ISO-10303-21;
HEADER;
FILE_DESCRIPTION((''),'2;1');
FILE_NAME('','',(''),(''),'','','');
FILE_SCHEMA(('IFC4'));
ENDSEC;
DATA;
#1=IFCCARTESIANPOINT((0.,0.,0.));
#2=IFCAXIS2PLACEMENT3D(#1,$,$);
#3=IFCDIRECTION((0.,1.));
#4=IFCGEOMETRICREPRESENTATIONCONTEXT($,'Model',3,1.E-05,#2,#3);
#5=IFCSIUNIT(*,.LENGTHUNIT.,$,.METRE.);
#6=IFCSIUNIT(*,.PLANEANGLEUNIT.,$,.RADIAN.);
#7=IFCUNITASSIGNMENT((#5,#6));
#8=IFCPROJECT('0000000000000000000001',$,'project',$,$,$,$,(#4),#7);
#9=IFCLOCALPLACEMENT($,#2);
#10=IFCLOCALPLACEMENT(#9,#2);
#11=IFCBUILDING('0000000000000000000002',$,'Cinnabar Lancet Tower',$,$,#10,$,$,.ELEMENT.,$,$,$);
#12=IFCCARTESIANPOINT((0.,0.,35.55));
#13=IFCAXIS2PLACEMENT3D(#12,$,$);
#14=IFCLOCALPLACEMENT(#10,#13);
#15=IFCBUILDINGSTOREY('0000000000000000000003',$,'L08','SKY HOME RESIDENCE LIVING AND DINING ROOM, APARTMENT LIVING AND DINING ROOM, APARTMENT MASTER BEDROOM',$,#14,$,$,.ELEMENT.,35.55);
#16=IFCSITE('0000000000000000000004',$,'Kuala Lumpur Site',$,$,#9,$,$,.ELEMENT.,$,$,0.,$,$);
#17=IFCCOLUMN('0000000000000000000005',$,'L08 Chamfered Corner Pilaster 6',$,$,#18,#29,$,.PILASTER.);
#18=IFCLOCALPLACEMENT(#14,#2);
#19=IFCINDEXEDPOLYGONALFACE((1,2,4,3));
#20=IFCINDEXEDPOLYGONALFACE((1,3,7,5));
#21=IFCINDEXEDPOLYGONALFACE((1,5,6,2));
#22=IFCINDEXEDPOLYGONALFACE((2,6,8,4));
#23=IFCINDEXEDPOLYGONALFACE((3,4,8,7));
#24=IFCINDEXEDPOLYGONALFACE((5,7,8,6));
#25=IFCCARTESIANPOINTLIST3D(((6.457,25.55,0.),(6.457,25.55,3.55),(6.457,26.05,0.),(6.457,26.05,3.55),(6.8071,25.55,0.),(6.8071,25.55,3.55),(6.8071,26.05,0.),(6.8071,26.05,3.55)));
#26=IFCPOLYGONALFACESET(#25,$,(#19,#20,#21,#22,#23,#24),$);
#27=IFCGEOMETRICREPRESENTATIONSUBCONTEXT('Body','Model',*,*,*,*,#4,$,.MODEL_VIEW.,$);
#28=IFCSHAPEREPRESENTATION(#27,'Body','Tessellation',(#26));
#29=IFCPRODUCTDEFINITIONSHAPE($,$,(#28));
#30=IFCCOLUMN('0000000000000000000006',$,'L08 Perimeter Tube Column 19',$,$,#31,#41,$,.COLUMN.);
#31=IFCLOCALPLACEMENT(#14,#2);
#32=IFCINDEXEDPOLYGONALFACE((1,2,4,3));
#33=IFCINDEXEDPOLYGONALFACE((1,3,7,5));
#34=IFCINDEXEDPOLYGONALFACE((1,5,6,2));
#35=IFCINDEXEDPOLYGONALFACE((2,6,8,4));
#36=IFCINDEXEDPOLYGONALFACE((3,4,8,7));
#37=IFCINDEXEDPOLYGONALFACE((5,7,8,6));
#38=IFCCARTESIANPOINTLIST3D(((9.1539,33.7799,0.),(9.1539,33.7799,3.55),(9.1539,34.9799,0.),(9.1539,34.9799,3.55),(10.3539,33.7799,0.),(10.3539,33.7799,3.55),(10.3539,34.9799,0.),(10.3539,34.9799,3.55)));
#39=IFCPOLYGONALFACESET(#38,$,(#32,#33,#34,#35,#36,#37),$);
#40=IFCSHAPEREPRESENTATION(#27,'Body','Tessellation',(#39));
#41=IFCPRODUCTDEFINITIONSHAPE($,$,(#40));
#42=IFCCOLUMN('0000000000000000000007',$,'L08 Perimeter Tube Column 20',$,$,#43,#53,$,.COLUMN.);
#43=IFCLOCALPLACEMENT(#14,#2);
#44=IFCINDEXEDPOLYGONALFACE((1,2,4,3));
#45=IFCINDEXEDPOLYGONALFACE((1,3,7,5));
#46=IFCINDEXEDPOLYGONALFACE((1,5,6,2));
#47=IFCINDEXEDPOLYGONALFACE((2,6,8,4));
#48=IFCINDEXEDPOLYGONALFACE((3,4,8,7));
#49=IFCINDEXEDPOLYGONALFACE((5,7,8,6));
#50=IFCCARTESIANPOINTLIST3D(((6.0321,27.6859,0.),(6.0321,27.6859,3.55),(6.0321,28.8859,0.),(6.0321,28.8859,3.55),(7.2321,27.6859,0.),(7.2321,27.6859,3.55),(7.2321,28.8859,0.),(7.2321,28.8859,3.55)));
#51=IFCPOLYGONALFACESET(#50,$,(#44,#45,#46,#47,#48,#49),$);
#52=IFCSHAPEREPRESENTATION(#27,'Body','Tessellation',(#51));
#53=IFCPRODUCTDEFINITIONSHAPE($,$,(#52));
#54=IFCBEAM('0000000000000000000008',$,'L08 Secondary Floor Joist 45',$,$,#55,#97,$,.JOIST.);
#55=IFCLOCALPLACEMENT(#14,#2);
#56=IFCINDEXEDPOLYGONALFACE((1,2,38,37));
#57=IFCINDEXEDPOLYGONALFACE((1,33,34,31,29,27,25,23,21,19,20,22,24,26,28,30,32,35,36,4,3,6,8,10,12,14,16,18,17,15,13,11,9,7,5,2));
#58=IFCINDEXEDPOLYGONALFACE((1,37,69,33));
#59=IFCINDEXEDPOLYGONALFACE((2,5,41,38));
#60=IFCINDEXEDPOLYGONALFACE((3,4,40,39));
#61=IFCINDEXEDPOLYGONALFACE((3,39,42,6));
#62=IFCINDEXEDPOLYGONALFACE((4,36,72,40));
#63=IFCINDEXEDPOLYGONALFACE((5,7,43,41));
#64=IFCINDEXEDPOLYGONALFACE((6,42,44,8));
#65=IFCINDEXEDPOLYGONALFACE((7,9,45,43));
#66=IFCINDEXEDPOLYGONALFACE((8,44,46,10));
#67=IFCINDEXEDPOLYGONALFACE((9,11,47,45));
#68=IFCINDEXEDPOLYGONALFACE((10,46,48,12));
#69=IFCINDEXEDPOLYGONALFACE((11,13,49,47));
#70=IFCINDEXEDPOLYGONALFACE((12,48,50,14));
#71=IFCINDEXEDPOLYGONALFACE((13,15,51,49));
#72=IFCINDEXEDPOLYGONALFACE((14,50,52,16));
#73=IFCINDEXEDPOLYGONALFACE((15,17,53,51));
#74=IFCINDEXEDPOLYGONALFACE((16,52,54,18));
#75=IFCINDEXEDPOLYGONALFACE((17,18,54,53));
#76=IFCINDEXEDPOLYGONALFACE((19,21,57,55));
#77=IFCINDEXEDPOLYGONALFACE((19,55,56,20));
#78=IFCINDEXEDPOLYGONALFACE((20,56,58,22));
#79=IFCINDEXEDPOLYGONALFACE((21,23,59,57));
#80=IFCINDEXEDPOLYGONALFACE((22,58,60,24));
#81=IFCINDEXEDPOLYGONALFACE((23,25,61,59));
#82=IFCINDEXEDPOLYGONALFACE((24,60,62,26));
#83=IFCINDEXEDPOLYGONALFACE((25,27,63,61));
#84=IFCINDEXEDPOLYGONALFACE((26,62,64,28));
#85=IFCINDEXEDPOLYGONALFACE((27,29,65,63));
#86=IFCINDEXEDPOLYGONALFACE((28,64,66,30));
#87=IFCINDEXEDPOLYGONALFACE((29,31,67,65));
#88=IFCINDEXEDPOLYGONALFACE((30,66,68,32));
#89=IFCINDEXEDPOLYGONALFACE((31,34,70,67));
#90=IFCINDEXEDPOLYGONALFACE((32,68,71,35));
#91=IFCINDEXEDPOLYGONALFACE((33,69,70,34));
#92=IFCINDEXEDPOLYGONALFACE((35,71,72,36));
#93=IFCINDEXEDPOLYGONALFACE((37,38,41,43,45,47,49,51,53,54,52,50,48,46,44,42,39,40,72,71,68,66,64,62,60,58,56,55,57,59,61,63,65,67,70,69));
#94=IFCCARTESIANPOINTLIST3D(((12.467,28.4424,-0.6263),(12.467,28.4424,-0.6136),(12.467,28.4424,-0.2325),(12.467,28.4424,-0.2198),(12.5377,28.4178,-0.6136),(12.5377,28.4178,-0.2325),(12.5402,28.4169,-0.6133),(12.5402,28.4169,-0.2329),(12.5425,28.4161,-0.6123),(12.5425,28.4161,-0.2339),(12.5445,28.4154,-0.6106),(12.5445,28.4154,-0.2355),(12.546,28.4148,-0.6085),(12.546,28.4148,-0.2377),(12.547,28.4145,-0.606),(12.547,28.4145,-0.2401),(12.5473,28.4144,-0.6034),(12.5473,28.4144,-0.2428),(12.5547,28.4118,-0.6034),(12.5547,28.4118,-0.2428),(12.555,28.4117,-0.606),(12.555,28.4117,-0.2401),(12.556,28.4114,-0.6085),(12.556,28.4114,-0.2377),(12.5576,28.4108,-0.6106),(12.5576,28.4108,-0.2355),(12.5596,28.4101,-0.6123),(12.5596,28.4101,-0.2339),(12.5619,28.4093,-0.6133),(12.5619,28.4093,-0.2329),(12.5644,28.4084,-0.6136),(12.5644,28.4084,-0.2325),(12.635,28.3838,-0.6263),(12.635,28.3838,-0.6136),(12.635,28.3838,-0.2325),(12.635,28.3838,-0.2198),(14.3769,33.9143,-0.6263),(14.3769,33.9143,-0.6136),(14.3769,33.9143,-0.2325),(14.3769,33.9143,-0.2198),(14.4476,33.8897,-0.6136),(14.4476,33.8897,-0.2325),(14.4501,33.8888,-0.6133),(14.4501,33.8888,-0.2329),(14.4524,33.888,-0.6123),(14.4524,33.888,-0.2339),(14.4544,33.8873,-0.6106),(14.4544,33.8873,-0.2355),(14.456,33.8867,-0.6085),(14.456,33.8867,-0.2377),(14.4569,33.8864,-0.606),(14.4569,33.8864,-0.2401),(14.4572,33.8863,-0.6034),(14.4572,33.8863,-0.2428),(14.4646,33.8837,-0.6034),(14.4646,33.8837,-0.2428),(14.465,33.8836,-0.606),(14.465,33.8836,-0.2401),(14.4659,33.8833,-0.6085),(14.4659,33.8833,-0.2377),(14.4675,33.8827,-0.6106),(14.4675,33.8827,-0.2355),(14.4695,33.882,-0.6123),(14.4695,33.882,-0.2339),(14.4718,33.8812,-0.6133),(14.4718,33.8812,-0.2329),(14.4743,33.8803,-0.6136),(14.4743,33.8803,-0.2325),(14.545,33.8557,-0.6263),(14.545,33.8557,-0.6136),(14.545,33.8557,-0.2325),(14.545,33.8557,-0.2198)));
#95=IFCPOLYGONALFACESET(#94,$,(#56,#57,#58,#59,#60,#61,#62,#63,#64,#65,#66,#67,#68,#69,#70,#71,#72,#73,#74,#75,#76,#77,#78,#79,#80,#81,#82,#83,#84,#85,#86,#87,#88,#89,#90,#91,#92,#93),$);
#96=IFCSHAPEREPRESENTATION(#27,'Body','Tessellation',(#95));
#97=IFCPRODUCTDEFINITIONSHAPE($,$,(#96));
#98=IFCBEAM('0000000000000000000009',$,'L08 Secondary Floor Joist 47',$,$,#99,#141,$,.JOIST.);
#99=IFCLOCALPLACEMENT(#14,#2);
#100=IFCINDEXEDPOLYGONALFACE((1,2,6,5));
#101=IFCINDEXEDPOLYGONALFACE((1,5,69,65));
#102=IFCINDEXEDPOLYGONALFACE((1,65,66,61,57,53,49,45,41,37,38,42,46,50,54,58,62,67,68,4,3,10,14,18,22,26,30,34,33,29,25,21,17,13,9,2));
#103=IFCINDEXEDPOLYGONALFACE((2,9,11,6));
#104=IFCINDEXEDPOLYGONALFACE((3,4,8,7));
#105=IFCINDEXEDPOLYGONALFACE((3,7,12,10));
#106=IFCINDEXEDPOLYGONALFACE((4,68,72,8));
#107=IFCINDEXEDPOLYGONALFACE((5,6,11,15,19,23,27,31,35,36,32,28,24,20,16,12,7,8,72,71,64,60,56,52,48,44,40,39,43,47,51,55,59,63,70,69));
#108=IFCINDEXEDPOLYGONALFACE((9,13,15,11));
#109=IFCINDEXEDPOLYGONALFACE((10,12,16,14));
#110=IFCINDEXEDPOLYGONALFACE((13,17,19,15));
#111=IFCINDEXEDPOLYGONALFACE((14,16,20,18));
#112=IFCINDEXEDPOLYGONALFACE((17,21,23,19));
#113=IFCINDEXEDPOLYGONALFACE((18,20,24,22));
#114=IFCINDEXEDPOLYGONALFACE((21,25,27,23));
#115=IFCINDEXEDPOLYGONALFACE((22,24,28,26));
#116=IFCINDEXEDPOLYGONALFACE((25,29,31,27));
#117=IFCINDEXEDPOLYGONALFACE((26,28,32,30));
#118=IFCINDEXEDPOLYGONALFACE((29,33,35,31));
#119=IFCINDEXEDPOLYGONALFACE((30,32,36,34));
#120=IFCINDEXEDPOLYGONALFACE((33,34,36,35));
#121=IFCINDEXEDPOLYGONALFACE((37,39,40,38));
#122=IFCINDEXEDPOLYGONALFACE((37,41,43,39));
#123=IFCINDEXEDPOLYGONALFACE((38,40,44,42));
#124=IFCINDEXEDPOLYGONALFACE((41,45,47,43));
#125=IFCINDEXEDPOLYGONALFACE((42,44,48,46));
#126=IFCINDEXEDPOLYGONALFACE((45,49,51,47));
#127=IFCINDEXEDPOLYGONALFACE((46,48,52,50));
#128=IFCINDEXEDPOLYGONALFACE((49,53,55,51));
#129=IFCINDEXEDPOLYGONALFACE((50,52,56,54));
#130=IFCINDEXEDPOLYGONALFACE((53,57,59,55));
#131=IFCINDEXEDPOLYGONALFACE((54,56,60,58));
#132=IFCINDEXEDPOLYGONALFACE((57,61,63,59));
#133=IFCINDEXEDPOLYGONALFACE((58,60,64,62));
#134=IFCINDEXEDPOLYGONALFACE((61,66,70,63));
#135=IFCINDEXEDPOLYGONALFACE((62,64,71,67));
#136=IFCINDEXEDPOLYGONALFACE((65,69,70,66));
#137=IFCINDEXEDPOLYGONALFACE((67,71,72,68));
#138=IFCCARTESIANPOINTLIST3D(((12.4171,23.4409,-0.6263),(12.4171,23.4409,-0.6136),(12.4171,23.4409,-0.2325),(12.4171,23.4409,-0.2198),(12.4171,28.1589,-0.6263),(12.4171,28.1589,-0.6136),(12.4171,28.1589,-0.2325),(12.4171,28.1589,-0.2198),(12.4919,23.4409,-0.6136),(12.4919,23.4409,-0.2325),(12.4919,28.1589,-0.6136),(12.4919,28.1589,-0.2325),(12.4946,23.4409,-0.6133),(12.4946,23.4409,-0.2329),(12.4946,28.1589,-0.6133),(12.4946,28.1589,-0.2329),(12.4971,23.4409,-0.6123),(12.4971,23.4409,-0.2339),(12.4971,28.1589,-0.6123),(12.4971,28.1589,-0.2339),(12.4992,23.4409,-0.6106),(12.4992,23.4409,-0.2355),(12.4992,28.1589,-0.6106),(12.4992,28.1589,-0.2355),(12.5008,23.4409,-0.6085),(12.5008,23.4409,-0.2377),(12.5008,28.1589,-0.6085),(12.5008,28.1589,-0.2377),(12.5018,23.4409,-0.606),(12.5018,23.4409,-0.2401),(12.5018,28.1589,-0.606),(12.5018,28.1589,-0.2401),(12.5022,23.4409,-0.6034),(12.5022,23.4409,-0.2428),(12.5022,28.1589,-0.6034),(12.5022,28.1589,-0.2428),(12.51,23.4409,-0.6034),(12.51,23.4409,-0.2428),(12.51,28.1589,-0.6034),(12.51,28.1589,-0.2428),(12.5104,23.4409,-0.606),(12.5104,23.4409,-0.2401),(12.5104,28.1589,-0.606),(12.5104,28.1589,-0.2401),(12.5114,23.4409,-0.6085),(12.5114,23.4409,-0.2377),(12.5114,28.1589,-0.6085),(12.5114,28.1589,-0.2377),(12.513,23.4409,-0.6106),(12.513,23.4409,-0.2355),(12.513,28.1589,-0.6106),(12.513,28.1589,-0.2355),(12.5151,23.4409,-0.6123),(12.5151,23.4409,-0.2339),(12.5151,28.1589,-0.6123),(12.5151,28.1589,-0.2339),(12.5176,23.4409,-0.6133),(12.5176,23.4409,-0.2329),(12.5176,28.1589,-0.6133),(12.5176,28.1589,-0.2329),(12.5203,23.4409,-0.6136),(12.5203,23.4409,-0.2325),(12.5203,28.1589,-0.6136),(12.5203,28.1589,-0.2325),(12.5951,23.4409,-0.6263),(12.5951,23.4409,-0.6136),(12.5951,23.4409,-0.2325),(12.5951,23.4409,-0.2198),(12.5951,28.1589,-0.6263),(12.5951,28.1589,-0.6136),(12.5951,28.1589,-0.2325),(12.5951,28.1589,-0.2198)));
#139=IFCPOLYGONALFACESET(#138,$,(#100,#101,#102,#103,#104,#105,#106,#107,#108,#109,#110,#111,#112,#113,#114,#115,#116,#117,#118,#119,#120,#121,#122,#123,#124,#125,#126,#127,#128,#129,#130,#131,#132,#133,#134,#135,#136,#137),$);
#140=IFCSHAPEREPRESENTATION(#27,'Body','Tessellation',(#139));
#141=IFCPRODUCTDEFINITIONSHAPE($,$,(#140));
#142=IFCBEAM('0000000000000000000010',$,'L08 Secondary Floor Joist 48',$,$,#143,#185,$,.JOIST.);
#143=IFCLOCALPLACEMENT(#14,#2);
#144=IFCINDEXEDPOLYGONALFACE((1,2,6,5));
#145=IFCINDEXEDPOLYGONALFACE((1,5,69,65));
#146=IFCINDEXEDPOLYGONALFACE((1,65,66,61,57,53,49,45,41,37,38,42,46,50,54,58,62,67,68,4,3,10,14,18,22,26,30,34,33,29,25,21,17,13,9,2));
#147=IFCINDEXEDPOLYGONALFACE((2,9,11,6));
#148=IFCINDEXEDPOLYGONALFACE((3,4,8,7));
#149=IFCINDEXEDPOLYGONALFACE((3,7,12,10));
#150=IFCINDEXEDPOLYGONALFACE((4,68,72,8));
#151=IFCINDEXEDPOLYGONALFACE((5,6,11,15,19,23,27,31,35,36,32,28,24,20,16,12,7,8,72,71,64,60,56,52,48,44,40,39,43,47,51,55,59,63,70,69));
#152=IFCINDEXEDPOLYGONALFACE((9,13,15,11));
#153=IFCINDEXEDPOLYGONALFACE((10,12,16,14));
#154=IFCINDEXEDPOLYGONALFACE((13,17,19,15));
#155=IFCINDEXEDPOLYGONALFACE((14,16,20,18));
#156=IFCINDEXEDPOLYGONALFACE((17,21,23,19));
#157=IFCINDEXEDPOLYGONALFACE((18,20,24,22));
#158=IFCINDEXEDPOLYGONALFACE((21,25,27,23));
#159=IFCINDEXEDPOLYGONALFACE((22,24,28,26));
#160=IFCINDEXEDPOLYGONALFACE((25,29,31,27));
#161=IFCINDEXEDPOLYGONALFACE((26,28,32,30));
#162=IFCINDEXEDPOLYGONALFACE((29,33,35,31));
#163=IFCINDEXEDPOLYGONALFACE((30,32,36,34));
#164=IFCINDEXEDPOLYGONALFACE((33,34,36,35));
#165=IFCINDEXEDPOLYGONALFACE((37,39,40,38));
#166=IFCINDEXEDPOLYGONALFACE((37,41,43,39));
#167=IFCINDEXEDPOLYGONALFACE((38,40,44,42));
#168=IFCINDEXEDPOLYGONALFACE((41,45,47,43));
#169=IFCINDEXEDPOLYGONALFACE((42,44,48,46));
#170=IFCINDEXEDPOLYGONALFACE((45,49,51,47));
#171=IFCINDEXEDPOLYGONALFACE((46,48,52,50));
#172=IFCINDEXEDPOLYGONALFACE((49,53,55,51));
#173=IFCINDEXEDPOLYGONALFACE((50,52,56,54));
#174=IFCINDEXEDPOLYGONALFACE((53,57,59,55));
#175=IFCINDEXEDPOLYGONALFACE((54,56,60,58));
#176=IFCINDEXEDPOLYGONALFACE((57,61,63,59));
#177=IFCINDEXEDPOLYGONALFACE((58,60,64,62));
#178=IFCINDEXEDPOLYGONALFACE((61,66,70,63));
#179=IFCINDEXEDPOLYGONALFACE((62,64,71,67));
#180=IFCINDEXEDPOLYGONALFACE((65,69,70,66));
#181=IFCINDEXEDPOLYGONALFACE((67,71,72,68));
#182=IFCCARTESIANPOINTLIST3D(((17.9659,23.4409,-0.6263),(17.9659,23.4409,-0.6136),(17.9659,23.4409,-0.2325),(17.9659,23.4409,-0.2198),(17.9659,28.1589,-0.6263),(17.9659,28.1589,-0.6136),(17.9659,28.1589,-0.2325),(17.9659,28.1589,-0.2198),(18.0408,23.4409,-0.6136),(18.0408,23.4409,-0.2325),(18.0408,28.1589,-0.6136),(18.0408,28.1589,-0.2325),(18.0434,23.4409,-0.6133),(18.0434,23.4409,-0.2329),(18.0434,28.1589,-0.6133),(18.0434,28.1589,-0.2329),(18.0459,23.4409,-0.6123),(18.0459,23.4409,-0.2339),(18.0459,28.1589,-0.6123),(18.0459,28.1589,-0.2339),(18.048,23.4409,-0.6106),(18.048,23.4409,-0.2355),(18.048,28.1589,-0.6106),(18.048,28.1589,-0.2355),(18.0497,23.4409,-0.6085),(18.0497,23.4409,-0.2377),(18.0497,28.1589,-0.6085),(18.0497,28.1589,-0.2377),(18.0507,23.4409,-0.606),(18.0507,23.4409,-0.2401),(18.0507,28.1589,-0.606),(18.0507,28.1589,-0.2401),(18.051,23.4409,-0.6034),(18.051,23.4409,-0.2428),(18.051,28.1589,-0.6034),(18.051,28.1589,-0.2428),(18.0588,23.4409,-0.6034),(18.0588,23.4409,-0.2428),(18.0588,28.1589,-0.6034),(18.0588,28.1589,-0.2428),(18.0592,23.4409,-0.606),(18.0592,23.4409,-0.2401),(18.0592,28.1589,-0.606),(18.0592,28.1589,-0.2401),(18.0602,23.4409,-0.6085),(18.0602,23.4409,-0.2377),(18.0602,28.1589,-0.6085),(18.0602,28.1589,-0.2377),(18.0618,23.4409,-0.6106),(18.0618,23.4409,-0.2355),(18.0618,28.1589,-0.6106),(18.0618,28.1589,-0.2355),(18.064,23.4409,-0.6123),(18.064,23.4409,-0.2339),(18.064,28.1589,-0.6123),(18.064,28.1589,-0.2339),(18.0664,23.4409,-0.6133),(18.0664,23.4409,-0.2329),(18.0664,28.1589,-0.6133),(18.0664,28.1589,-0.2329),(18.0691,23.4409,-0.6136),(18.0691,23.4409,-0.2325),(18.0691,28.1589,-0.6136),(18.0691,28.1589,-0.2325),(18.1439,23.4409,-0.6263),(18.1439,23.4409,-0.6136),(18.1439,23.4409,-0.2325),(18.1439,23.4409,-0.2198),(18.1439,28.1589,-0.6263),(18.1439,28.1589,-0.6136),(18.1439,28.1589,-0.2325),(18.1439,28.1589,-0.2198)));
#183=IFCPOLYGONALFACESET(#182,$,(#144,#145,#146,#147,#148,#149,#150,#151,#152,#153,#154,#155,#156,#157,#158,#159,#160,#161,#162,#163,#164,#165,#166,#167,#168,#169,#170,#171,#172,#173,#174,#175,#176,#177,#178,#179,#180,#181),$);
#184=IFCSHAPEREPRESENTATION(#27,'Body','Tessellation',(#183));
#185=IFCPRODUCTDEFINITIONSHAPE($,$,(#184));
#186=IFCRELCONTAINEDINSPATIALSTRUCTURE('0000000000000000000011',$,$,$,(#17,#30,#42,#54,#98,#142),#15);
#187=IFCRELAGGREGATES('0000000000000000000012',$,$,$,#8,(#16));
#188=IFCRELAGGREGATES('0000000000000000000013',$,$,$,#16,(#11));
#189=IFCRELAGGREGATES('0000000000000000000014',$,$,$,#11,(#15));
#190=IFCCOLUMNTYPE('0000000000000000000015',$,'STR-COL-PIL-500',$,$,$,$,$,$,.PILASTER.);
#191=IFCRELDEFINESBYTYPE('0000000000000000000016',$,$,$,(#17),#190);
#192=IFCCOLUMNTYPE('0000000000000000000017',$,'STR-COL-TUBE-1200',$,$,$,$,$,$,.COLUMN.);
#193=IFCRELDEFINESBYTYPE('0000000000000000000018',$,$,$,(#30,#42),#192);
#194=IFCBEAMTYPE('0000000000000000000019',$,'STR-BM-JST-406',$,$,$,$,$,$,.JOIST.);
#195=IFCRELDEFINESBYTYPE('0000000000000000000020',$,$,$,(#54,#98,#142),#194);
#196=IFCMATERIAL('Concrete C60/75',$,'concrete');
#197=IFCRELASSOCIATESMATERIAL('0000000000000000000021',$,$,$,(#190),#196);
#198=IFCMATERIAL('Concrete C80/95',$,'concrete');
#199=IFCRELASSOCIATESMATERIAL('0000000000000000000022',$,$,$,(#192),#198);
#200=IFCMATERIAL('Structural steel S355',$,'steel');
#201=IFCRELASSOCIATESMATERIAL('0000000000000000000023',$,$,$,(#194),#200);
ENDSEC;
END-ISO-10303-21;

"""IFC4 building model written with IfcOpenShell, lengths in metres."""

from ifc_helpers import new_model, si_unit, direction, frame, origin, origin_2d, place, context, subcontext, project, spatial, rectangle, i_section, extrude, material, material_profile, profile_set, type_object, element, save


model = new_model("IFC4")

# Units and contexts
model_context = context("Model", 3, precision=1e-05, world=origin(), true_north=direction((0.0, 1.0)))
body_context = subcontext(model_context, "Body", "Model", "MODEL_VIEW")
ifc_project = project(units=[si_unit("LENGTHUNIT", "METRE"), si_unit("PLANEANGLEUNIT", "RADIAN")], contexts=[model_context])

# Site, building, storey
site_placement = place(None, origin())
site = spatial("IfcSite", under=ifc_project, at=site_placement, Name="Kuala Lumpur Site", CompositionType="ELEMENT", RefElevation=0.0)
building_placement = place(site_placement, origin())
building = spatial("IfcBuilding", under=site, at=building_placement, Name="Cinnabar Lancet Tower", CompositionType="ELEMENT")
storey_placement = place(building_placement, frame((0.0, 0.0, 35.55)))
storey = spatial("IfcBuildingStorey", under=building, at=storey_placement, Name="L08", Description="SKY HOME RESIDENCE LIVING AND DINING ROOM, APARTMENT LIVING AND DINING ROOM, APARTMENT MASTER BEDROOM", CompositionType="ELEMENT", Elevation=35.55)

# Columns
ifc_material_1 = material(Name="Concrete C60/75", Category="concrete")
ifc_material_profile_1 = material_profile(ifc_material_1, rectangle(XDim=0.5, YDim=0.3501, at=origin_2d()), Name="RC-PIL 500x350")
ifc_profile_set_1 = profile_set([ifc_material_profile_1], Name="Concrete C60/75")
column_type_1 = type_object("IfcColumnType", Name="STR-COL-PIL-500", PredefinedType="PILASTER", material=ifc_profile_set_1)
column_placement = place(storey_placement, frame((6.6321, 25.8, 0.0), z_axis=(0.0, 0.0, 1.0), x_axis=(0.0, -1.0, 0.0)))
element("IfcColumn", 1, at=column_placement, inside=storey, type_object=column_type_1, Name="L08 Chamfered Corner Pilaster 6", PredefinedType="PILASTER", context=body_context, shape_type="SweptSolid", body=[
    extrude(rectangle(XDim=0.5, YDim=0.3501, at=origin_2d()), origin(), (0.0, 0.0, 1.0), 3.55),
])
ifc_material_2 = material(Name="Concrete C80/95", Category="concrete")
ifc_material_profile_2 = material_profile(ifc_material_2, rectangle(XDim=1.2, YDim=1.2, at=origin_2d()), Name="RC-COL 1200x1200")
ifc_profile_set_2 = profile_set([ifc_material_profile_2], Name="Concrete C80/95")
column_type_2 = type_object("IfcColumnType", Name="STR-COL-TUBE-1200", PredefinedType="COLUMN", material=ifc_profile_set_2)
for number, where, z_axis, x_axis, name in (
    (2, (9.7539, 34.3799, 0.0), (0.0, 0.0, 1.0), (1.0, 0.0, 0.0), "L08 Perimeter Tube Column 19"),
    (3, (6.6321, 28.2859, 0.0), (0.0, 0.0, 1.0), (1.0, 0.0, 0.0), "L08 Perimeter Tube Column 20"),
):
    element("IfcColumn", number, at=place(storey_placement, frame(where, z_axis=z_axis, x_axis=x_axis)), inside=storey, type_object=column_type_2, Name=name, PredefinedType="COLUMN", context=body_context, shape_type="SweptSolid", body=[
        extrude(rectangle(XDim=1.2, YDim=1.2, at=origin_2d()), origin(), (0.0, 0.0, 1.0), 3.55),
    ])

# Beams
ifc_material_3 = material(Name="Structural steel S355", Category="steel")
ifc_material_profile_3 = material_profile(ifc_material_3, i_section(OverallWidth=0.178, OverallDepth=0.4065, WebThickness=0.0078, FlangeThickness=0.0127, FilletRadius=0.0103, at=origin_2d()), Name="UKB 406x178x60")
ifc_profile_set_3 = profile_set([ifc_material_profile_3], Name="Structural steel S355")
beam_type_1 = type_object("IfcBeamType", Name="STR-BM-JST-406", PredefinedType="JOIST", material=ifc_profile_set_3)
beam_1_placement = place(storey_placement, frame((14.4609, 33.885, -0.4231), z_axis=(-0.329542, -0.944141, 0.0), x_axis=(0.944141, -0.329542, 0.0)))
element("IfcBeam", 4, at=beam_1_placement, inside=storey, type_object=beam_type_1, Name="L08 Secondary Floor Joist 45", PredefinedType="JOIST", context=body_context, shape_type="SweptSolid", body=[
    extrude(i_section(OverallWidth=0.178, OverallDepth=0.4065, WebThickness=0.0078, FlangeThickness=0.0127, FilletRadius=0.0103, at=origin_2d()), origin(), (0.0, 0.0, 1.0), 5.7957),
])
for number, where, z_axis, x_axis, name in (
    (5, (12.5061, 28.1589, -0.4231), (0.0, -1.0, 0.0), (1.0, 0.0, 0.0), "L08 Secondary Floor Joist 47"),
    (6, (18.0549, 28.1589, -0.4231), (0.0, -1.0, 0.0), (1.0, 0.0, 0.0), "L08 Secondary Floor Joist 48"),
):
    element("IfcBeam", number, at=place(storey_placement, frame(where, z_axis=z_axis, x_axis=x_axis)), inside=storey, type_object=beam_type_1, Name=name, PredefinedType="JOIST", context=body_context, shape_type="SweptSolid", body=[
        extrude(i_section(OverallWidth=0.178, OverallDepth=0.4065, WebThickness=0.0078, FlangeThickness=0.0127, FilletRadius=0.0103, at=origin_2d()), origin(), (0.0, 0.0, 1.0), 4.718),
    ])

save(model, "model.ifc")
